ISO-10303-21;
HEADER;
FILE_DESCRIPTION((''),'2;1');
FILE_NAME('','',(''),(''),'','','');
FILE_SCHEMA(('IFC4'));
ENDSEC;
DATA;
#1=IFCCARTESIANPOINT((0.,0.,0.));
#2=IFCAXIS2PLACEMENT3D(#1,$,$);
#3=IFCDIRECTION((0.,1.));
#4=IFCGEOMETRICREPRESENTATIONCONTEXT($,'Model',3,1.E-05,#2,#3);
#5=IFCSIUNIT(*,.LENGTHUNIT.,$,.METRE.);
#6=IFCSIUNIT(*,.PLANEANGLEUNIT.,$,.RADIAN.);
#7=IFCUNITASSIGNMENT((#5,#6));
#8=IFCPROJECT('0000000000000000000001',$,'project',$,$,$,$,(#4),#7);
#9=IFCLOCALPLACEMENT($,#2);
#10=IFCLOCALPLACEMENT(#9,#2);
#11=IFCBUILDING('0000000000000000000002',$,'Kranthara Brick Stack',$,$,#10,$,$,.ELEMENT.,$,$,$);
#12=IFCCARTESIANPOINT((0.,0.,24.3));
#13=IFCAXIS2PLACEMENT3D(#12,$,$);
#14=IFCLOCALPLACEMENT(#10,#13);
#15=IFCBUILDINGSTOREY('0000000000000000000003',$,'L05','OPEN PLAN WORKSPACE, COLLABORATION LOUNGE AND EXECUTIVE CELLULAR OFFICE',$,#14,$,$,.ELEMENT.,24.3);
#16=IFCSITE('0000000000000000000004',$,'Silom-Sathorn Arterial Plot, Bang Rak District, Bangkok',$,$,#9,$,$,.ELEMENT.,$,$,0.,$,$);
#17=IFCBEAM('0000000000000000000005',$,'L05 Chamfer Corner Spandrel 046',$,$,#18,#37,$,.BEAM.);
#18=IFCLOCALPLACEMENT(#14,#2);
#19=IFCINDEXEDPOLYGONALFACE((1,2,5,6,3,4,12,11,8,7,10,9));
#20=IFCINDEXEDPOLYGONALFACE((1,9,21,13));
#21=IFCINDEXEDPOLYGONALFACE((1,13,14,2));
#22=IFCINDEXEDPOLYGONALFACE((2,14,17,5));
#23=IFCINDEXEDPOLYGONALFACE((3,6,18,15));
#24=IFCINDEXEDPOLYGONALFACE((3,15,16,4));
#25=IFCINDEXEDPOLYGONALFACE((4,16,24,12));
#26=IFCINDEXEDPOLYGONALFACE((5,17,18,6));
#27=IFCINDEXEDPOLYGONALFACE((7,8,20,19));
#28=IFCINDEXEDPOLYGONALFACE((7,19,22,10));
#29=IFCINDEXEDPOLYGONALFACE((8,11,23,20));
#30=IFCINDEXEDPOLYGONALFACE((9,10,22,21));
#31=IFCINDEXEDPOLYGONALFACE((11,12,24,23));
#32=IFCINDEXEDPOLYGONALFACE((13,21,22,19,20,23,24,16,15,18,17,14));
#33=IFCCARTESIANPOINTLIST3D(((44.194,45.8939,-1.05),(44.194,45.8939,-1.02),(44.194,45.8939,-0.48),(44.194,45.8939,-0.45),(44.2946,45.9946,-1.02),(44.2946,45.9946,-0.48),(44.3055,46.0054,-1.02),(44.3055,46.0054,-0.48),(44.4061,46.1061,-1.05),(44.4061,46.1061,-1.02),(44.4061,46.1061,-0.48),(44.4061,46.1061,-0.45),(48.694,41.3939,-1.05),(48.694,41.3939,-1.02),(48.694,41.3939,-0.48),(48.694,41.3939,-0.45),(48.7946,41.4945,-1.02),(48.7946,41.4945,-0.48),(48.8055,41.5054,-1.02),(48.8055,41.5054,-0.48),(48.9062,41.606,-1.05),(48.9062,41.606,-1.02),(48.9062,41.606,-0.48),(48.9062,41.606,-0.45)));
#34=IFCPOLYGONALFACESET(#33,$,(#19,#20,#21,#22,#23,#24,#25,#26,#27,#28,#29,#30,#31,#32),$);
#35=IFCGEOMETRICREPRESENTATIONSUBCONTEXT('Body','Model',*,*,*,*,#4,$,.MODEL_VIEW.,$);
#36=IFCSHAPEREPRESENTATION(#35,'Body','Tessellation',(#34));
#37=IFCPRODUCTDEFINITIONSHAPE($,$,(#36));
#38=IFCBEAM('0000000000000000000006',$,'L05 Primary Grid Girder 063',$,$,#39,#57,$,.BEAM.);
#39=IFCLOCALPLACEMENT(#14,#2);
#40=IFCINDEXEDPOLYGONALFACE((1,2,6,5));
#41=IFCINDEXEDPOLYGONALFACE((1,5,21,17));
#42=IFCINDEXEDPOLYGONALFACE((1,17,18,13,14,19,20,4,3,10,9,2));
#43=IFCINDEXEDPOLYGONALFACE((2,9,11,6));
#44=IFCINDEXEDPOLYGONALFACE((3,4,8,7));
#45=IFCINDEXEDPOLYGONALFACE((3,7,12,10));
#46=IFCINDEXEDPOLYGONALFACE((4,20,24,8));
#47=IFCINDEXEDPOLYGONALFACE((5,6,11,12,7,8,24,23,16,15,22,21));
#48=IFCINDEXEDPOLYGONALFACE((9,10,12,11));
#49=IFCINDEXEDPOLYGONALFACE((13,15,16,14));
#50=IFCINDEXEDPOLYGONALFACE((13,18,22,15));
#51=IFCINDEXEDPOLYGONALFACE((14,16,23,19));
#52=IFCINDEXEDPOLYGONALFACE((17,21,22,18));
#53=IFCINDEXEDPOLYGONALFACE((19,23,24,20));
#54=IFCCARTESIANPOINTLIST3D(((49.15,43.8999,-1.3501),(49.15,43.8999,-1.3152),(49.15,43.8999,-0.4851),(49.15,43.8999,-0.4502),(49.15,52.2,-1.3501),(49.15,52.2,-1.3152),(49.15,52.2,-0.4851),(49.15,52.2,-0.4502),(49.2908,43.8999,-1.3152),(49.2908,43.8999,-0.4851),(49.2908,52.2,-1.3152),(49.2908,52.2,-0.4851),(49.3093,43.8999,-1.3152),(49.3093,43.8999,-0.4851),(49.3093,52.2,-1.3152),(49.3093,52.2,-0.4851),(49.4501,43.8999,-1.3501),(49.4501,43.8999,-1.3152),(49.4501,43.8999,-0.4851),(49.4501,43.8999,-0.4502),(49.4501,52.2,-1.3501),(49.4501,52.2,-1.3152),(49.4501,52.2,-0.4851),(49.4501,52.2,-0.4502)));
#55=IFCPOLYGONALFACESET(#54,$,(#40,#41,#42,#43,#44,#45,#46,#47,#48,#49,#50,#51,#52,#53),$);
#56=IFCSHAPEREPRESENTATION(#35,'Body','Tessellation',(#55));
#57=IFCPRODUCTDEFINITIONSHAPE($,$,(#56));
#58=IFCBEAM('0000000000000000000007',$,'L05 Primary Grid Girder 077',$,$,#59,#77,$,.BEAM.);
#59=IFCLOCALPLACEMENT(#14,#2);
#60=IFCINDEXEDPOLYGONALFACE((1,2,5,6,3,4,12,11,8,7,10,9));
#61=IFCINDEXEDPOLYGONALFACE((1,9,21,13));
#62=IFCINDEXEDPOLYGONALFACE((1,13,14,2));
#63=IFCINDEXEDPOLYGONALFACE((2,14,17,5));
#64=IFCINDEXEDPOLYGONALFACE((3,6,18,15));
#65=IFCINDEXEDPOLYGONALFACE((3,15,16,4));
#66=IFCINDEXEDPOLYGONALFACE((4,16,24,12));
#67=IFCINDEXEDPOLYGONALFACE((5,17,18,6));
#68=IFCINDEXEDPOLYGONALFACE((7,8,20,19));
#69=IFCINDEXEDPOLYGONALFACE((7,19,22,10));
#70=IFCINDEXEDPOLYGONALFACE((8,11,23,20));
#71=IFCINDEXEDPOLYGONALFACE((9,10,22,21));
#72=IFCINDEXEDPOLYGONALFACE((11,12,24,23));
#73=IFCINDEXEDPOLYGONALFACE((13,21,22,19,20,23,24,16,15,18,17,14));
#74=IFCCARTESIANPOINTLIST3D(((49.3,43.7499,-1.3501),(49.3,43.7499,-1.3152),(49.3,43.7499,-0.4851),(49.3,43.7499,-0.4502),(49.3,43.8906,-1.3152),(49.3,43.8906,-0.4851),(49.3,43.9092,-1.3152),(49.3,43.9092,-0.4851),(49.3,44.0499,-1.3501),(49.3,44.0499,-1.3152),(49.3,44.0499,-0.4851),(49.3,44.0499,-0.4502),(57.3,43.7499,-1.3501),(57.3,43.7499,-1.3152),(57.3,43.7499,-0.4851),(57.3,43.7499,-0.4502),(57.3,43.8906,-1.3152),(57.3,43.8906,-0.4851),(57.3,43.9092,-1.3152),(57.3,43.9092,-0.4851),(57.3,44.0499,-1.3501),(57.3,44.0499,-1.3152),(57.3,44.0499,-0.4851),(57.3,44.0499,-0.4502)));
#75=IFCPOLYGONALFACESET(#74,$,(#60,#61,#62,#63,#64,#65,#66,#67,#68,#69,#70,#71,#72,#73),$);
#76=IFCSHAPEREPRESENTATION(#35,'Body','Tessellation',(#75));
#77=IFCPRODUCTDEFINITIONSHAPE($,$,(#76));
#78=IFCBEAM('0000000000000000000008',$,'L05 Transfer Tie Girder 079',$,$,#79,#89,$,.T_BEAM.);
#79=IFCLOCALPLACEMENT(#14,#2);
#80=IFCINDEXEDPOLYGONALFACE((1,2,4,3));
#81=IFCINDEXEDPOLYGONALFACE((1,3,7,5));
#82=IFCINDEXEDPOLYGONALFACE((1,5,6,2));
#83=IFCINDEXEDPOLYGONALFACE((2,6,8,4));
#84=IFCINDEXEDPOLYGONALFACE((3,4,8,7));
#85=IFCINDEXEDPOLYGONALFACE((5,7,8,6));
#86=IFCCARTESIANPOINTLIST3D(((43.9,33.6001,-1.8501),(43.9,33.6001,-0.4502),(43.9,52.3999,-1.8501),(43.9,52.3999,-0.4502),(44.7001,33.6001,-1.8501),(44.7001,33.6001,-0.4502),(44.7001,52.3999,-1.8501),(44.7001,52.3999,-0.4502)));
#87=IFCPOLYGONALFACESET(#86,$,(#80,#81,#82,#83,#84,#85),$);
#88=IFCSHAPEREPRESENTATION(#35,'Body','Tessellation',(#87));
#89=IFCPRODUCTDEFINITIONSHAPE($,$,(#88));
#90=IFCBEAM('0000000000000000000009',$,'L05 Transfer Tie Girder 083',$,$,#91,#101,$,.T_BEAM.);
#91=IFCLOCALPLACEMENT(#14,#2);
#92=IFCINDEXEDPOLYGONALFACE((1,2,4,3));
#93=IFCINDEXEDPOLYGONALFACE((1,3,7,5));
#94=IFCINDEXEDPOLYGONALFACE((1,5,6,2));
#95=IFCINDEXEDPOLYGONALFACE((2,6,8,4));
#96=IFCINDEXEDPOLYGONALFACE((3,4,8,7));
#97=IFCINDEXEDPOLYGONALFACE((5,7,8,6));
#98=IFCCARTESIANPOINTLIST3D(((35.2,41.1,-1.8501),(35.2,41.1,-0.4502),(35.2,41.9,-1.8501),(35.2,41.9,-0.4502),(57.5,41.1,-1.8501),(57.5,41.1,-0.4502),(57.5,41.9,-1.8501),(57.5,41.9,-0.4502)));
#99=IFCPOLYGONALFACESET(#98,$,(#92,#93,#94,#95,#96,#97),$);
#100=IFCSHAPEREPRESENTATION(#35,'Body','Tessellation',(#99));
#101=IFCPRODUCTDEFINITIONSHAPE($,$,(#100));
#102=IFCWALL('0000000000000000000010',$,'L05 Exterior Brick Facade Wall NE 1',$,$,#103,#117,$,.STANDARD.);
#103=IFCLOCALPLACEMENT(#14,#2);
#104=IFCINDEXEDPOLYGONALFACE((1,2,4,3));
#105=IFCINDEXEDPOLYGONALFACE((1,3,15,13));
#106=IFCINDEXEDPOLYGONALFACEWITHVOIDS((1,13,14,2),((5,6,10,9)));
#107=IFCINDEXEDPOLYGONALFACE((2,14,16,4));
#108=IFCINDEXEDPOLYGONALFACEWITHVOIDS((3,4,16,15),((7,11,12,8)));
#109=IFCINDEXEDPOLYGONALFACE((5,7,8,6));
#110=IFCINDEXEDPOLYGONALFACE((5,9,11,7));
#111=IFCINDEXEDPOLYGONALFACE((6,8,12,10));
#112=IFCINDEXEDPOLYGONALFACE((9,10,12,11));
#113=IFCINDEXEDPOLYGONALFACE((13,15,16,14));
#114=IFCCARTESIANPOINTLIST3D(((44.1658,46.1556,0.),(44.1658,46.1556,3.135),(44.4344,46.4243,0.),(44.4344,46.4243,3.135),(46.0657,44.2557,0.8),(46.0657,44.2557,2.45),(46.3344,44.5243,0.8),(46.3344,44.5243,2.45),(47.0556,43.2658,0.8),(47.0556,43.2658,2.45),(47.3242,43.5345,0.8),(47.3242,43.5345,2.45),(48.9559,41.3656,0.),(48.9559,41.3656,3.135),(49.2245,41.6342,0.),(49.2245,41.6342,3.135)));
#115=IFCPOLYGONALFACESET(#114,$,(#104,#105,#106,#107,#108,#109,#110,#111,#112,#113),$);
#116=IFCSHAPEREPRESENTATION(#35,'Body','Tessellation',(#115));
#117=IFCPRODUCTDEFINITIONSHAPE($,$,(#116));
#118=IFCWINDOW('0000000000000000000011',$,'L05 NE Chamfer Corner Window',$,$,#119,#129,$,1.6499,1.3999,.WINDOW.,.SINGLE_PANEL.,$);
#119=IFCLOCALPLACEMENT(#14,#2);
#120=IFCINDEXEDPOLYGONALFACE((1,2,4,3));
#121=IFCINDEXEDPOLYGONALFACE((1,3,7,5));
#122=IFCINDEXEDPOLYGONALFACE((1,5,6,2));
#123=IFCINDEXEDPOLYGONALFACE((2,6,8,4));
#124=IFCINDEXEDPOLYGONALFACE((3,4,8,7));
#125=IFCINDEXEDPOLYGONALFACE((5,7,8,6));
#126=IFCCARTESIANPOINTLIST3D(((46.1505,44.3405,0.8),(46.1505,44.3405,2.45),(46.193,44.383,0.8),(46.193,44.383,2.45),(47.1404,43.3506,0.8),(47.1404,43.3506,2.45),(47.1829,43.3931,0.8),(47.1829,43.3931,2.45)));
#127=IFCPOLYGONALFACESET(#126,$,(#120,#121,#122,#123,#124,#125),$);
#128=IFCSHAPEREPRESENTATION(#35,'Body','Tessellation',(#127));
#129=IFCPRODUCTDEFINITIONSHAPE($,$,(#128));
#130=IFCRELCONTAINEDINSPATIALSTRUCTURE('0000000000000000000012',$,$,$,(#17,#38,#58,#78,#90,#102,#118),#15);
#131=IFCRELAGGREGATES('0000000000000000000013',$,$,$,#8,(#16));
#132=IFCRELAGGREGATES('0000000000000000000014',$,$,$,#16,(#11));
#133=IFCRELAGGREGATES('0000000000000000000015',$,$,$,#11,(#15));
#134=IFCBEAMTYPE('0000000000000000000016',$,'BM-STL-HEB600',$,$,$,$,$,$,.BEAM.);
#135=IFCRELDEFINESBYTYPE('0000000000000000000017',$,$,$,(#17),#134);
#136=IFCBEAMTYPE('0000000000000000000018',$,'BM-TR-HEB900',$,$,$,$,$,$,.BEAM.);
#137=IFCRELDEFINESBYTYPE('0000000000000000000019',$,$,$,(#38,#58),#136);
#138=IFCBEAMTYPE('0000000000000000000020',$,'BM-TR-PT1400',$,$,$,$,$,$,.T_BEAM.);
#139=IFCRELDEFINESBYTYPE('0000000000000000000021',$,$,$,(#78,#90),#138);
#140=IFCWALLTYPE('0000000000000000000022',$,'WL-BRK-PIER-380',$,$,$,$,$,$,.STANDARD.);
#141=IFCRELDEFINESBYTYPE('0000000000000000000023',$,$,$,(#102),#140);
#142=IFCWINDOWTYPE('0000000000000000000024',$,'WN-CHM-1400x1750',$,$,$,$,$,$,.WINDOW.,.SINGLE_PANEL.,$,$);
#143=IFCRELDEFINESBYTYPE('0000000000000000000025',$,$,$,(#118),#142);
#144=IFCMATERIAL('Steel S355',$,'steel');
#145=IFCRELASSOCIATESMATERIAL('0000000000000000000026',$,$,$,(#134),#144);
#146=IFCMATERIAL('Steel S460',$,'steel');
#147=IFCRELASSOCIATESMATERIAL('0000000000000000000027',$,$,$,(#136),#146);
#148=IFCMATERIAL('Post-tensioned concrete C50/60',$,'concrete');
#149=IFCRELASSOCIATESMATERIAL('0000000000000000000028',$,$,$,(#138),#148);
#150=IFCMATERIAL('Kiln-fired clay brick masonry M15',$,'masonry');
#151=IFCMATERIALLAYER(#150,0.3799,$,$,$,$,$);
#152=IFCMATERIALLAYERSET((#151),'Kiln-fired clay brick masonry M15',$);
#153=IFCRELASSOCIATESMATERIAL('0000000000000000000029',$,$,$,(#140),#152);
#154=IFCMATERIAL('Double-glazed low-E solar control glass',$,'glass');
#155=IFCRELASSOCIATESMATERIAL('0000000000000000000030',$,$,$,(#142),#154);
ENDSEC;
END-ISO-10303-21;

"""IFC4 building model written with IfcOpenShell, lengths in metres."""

from ifc_helpers import new_model, si_unit, direction, frame, frame_2d, origin, origin_2d, place, context, subcontext, project, spatial, rectangle, i_section, extrude, material, layer, layer_set, material_profile, profile_set, type_object, element, fill, save


model = new_model("IFC4")

# Units and contexts
model_context = context("Model", 3, precision=1e-05, world=origin(), true_north=direction((0.0, 1.0)))
body_context = subcontext(model_context, "Body", "Model", "MODEL_VIEW")
ifc_project = project(units=[si_unit("LENGTHUNIT", "METRE"), si_unit("PLANEANGLEUNIT", "RADIAN")], contexts=[model_context])

# Site, building, storey
site_placement = place(None, origin())
site = spatial("IfcSite", under=ifc_project, at=site_placement, Name="Silom-Sathorn Arterial Plot, Bang Rak District, Bangkok", CompositionType="ELEMENT", RefElevation=0.0)
building_placement = place(site_placement, origin())
building = spatial("IfcBuilding", under=site, at=building_placement, Name="Kranthara Brick Stack", CompositionType="ELEMENT")
storey_placement = place(building_placement, frame((0.0, 0.0, 24.3)))
storey = spatial("IfcBuildingStorey", under=building, at=storey_placement, Name="L05", Description="OPEN PLAN WORKSPACE, COLLABORATION LOUNGE AND EXECUTIVE CELLULAR OFFICE", CompositionType="ELEMENT", Elevation=24.3)

# Beams
ifc_material_1 = material(Name="Steel S355", Category="steel")
ifc_material_profile_1 = material_profile(ifc_material_1, i_section(OverallWidth=0.3, OverallDepth=0.6001, WebThickness=0.0154, FlangeThickness=0.03, at=origin_2d()), Name="HEB 600")
ifc_profile_set_1 = profile_set([ifc_material_profile_1], Name="Steel S355")
beam_type_1 = type_object("IfcBeamType", Name="BM-STL-HEB600", PredefinedType="BEAM", material=ifc_profile_set_1)
beam_1_placement = place(storey_placement, frame((44.3, 46.0, -0.75), z_axis=(0.707107, -0.707107, 0.0), x_axis=(0.707107, 0.707107, 0.0)))
element("IfcBeam", 1, at=beam_1_placement, inside=storey, type_object=beam_type_1, Name="L05 Chamfer Corner Spandrel 046", PredefinedType="BEAM", context=body_context, shape_type="SweptSolid", body=[
    extrude(i_section(OverallWidth=0.3, OverallDepth=0.6001, WebThickness=0.0154, FlangeThickness=0.03, at=origin_2d()), origin(), (0.0, 0.0, 1.0), 6.364),
])
ifc_material_2 = material(Name="Steel S460", Category="steel")
ifc_material_profile_2 = material_profile(ifc_material_2, i_section(OverallWidth=0.3, OverallDepth=0.8999, WebThickness=0.0186, FlangeThickness=0.0349, at=origin_2d()), Name="HEB 900")
ifc_profile_set_2 = profile_set([ifc_material_profile_2], Name="Steel S460")
beam_type_2 = type_object("IfcBeamType", Name="BM-TR-HEB900", PredefinedType="BEAM", material=ifc_profile_set_2)
beam_2_placement = place(storey_placement, frame((49.3, 43.8999, -0.9001), z_axis=(0.0, 1.0, 0.0), x_axis=(-1.0, 0.0, 0.0)))
element("IfcBeam", 2, at=beam_2_placement, inside=storey, type_object=beam_type_2, Name="L05 Primary Grid Girder 063", PredefinedType="BEAM", context=body_context, shape_type="SweptSolid", body=[
    extrude(i_section(OverallWidth=0.3, OverallDepth=0.8999, WebThickness=0.0186, FlangeThickness=0.0349, at=origin_2d()), origin(), (0.0, 0.0, 1.0), 8.3),
])
beam_3_placement = place(storey_placement, frame((49.3, 43.8999, -0.9001), z_axis=(1.0, 0.0, 0.0), x_axis=(0.0, 1.0, 0.0)))
element("IfcBeam", 3, at=beam_3_placement, inside=storey, type_object=beam_type_2, Name="L05 Primary Grid Girder 077", PredefinedType="BEAM", context=body_context, shape_type="SweptSolid", body=[
    extrude(i_section(OverallWidth=0.3, OverallDepth=0.8999, WebThickness=0.0186, FlangeThickness=0.0349, at=origin_2d()), origin(), (0.0, 0.0, 1.0), 8.0),
])
ifc_material_3 = material(Name="Post-tensioned concrete C50/60", Category="concrete")
ifc_material_profile_3 = material_profile(ifc_material_3, rectangle(XDim=0.8, YDim=1.3999, at=origin_2d()), Name="PT 800x1400")
ifc_profile_set_3 = profile_set([ifc_material_profile_3], Name="Post-tensioned concrete C50/60")
beam_type_3 = type_object("IfcBeamType", Name="BM-TR-PT1400", PredefinedType="T_BEAM", material=ifc_profile_set_3)
beam_4_placement = place(storey_placement, frame((44.3, 52.3999, -1.1501), z_axis=(0.0, -1.0, 0.0), x_axis=(1.0, 0.0, 0.0)))
element("IfcBeam", 4, at=beam_4_placement, inside=storey, type_object=beam_type_3, Name="L05 Transfer Tie Girder 079", PredefinedType="T_BEAM", context=body_context, shape_type="SweptSolid", body=[
    extrude(rectangle(XDim=0.8, YDim=1.3999, at=origin_2d()), origin(), (0.0, 0.0, 1.0), 18.7998),
])
beam_5_placement = place(storey_placement, frame((57.5, 41.5, -1.1501), z_axis=(-1.0, 0.0, 0.0), x_axis=(0.0, -1.0, 0.0)))
element("IfcBeam", 5, at=beam_5_placement, inside=storey, type_object=beam_type_3, Name="L05 Transfer Tie Girder 083", PredefinedType="T_BEAM", context=body_context, shape_type="SweptSolid", body=[
    extrude(rectangle(XDim=0.8, YDim=1.3999, at=origin_2d()), origin(), (0.0, 0.0, 1.0), 22.3),
])

# Wall, opening, window
ifc_material_4 = material(Name="Kiln-fired clay brick masonry M15", Category="masonry")
ifc_layer_1 = layer(ifc_material_4, 0.3799)
ifc_layer_set_1 = layer_set([ifc_layer_1], Name="Kiln-fired clay brick masonry M15")
wall_type = type_object("IfcWallType", Name="WL-BRK-PIER-380", PredefinedType="STANDARD", material=ifc_layer_set_1)
wall_1_placement = place(storey_placement, frame((44.3, 46.29, 0.0), z_axis=(0.0, 0.0, 1.0), x_axis=(0.707107, -0.707107, 0.0)))
wall_1 = element("IfcWall", 6, at=wall_1_placement, inside=storey, type_object=wall_type, Name="L05 Exterior Brick Facade Wall NE 1", PredefinedType="STANDARD", context=body_context, shape_type="SweptSolid", body=[
    extrude(rectangle(XDim=6.7742, YDim=0.3799, at=frame_2d((3.3872, 0.0))), origin(), (0.0, 0.0, 1.0), 3.135),
])
opening_1_placement = place(wall_1_placement, frame((2.687, 0.0, 0.8)))
opening_1 = element("IfcOpeningElement", 7, at=opening_1_placement, cuts=wall_1, PredefinedType="OPENING", context=body_context, shape_type="SweptSolid", body=[
    extrude(rectangle(XDim=1.3999, YDim=1.6499, at=frame_2d((0.7, 0.825))), frame((0.0, 0.2, 0.0), z_axis=(0.0, -1.0, 0.0), x_axis=(1.0, 0.0, 0.0)), (0.0, 0.0, 1.0), 0.3999),
])
ifc_material_5 = material(Name="Double-glazed low-E solar control glass", Category="glass")
window_type_1 = type_object("IfcWindowType", Name="WN-CHM-1400x1750", PartitioningType="SINGLE_PANEL", PredefinedType="WINDOW", material=ifc_material_5)
window_1_placement = place(opening_1_placement, origin())
window_1 = element("IfcWindow", 8, at=window_1_placement, inside=storey, type_object=window_type_1, Name="L05 NE Chamfer Corner Window", OverallHeight=1.6499, OverallWidth=1.3999, PartitioningType="SINGLE_PANEL", PredefinedType="WINDOW", context=body_context, shape_type="SweptSolid", body=[
    extrude(rectangle(XDim=1.3999, YDim=1.6499, at=frame_2d((0.7, 0.825))), frame((0.0, -0.01, 0.0), z_axis=(0.0, -1.0, 0.0), x_axis=(1.0, 0.0, 0.0)), (0.0, 0.0, 1.0), 0.0601),
])
fill(opening_1, window_1)

save(model, "model.ifc")
